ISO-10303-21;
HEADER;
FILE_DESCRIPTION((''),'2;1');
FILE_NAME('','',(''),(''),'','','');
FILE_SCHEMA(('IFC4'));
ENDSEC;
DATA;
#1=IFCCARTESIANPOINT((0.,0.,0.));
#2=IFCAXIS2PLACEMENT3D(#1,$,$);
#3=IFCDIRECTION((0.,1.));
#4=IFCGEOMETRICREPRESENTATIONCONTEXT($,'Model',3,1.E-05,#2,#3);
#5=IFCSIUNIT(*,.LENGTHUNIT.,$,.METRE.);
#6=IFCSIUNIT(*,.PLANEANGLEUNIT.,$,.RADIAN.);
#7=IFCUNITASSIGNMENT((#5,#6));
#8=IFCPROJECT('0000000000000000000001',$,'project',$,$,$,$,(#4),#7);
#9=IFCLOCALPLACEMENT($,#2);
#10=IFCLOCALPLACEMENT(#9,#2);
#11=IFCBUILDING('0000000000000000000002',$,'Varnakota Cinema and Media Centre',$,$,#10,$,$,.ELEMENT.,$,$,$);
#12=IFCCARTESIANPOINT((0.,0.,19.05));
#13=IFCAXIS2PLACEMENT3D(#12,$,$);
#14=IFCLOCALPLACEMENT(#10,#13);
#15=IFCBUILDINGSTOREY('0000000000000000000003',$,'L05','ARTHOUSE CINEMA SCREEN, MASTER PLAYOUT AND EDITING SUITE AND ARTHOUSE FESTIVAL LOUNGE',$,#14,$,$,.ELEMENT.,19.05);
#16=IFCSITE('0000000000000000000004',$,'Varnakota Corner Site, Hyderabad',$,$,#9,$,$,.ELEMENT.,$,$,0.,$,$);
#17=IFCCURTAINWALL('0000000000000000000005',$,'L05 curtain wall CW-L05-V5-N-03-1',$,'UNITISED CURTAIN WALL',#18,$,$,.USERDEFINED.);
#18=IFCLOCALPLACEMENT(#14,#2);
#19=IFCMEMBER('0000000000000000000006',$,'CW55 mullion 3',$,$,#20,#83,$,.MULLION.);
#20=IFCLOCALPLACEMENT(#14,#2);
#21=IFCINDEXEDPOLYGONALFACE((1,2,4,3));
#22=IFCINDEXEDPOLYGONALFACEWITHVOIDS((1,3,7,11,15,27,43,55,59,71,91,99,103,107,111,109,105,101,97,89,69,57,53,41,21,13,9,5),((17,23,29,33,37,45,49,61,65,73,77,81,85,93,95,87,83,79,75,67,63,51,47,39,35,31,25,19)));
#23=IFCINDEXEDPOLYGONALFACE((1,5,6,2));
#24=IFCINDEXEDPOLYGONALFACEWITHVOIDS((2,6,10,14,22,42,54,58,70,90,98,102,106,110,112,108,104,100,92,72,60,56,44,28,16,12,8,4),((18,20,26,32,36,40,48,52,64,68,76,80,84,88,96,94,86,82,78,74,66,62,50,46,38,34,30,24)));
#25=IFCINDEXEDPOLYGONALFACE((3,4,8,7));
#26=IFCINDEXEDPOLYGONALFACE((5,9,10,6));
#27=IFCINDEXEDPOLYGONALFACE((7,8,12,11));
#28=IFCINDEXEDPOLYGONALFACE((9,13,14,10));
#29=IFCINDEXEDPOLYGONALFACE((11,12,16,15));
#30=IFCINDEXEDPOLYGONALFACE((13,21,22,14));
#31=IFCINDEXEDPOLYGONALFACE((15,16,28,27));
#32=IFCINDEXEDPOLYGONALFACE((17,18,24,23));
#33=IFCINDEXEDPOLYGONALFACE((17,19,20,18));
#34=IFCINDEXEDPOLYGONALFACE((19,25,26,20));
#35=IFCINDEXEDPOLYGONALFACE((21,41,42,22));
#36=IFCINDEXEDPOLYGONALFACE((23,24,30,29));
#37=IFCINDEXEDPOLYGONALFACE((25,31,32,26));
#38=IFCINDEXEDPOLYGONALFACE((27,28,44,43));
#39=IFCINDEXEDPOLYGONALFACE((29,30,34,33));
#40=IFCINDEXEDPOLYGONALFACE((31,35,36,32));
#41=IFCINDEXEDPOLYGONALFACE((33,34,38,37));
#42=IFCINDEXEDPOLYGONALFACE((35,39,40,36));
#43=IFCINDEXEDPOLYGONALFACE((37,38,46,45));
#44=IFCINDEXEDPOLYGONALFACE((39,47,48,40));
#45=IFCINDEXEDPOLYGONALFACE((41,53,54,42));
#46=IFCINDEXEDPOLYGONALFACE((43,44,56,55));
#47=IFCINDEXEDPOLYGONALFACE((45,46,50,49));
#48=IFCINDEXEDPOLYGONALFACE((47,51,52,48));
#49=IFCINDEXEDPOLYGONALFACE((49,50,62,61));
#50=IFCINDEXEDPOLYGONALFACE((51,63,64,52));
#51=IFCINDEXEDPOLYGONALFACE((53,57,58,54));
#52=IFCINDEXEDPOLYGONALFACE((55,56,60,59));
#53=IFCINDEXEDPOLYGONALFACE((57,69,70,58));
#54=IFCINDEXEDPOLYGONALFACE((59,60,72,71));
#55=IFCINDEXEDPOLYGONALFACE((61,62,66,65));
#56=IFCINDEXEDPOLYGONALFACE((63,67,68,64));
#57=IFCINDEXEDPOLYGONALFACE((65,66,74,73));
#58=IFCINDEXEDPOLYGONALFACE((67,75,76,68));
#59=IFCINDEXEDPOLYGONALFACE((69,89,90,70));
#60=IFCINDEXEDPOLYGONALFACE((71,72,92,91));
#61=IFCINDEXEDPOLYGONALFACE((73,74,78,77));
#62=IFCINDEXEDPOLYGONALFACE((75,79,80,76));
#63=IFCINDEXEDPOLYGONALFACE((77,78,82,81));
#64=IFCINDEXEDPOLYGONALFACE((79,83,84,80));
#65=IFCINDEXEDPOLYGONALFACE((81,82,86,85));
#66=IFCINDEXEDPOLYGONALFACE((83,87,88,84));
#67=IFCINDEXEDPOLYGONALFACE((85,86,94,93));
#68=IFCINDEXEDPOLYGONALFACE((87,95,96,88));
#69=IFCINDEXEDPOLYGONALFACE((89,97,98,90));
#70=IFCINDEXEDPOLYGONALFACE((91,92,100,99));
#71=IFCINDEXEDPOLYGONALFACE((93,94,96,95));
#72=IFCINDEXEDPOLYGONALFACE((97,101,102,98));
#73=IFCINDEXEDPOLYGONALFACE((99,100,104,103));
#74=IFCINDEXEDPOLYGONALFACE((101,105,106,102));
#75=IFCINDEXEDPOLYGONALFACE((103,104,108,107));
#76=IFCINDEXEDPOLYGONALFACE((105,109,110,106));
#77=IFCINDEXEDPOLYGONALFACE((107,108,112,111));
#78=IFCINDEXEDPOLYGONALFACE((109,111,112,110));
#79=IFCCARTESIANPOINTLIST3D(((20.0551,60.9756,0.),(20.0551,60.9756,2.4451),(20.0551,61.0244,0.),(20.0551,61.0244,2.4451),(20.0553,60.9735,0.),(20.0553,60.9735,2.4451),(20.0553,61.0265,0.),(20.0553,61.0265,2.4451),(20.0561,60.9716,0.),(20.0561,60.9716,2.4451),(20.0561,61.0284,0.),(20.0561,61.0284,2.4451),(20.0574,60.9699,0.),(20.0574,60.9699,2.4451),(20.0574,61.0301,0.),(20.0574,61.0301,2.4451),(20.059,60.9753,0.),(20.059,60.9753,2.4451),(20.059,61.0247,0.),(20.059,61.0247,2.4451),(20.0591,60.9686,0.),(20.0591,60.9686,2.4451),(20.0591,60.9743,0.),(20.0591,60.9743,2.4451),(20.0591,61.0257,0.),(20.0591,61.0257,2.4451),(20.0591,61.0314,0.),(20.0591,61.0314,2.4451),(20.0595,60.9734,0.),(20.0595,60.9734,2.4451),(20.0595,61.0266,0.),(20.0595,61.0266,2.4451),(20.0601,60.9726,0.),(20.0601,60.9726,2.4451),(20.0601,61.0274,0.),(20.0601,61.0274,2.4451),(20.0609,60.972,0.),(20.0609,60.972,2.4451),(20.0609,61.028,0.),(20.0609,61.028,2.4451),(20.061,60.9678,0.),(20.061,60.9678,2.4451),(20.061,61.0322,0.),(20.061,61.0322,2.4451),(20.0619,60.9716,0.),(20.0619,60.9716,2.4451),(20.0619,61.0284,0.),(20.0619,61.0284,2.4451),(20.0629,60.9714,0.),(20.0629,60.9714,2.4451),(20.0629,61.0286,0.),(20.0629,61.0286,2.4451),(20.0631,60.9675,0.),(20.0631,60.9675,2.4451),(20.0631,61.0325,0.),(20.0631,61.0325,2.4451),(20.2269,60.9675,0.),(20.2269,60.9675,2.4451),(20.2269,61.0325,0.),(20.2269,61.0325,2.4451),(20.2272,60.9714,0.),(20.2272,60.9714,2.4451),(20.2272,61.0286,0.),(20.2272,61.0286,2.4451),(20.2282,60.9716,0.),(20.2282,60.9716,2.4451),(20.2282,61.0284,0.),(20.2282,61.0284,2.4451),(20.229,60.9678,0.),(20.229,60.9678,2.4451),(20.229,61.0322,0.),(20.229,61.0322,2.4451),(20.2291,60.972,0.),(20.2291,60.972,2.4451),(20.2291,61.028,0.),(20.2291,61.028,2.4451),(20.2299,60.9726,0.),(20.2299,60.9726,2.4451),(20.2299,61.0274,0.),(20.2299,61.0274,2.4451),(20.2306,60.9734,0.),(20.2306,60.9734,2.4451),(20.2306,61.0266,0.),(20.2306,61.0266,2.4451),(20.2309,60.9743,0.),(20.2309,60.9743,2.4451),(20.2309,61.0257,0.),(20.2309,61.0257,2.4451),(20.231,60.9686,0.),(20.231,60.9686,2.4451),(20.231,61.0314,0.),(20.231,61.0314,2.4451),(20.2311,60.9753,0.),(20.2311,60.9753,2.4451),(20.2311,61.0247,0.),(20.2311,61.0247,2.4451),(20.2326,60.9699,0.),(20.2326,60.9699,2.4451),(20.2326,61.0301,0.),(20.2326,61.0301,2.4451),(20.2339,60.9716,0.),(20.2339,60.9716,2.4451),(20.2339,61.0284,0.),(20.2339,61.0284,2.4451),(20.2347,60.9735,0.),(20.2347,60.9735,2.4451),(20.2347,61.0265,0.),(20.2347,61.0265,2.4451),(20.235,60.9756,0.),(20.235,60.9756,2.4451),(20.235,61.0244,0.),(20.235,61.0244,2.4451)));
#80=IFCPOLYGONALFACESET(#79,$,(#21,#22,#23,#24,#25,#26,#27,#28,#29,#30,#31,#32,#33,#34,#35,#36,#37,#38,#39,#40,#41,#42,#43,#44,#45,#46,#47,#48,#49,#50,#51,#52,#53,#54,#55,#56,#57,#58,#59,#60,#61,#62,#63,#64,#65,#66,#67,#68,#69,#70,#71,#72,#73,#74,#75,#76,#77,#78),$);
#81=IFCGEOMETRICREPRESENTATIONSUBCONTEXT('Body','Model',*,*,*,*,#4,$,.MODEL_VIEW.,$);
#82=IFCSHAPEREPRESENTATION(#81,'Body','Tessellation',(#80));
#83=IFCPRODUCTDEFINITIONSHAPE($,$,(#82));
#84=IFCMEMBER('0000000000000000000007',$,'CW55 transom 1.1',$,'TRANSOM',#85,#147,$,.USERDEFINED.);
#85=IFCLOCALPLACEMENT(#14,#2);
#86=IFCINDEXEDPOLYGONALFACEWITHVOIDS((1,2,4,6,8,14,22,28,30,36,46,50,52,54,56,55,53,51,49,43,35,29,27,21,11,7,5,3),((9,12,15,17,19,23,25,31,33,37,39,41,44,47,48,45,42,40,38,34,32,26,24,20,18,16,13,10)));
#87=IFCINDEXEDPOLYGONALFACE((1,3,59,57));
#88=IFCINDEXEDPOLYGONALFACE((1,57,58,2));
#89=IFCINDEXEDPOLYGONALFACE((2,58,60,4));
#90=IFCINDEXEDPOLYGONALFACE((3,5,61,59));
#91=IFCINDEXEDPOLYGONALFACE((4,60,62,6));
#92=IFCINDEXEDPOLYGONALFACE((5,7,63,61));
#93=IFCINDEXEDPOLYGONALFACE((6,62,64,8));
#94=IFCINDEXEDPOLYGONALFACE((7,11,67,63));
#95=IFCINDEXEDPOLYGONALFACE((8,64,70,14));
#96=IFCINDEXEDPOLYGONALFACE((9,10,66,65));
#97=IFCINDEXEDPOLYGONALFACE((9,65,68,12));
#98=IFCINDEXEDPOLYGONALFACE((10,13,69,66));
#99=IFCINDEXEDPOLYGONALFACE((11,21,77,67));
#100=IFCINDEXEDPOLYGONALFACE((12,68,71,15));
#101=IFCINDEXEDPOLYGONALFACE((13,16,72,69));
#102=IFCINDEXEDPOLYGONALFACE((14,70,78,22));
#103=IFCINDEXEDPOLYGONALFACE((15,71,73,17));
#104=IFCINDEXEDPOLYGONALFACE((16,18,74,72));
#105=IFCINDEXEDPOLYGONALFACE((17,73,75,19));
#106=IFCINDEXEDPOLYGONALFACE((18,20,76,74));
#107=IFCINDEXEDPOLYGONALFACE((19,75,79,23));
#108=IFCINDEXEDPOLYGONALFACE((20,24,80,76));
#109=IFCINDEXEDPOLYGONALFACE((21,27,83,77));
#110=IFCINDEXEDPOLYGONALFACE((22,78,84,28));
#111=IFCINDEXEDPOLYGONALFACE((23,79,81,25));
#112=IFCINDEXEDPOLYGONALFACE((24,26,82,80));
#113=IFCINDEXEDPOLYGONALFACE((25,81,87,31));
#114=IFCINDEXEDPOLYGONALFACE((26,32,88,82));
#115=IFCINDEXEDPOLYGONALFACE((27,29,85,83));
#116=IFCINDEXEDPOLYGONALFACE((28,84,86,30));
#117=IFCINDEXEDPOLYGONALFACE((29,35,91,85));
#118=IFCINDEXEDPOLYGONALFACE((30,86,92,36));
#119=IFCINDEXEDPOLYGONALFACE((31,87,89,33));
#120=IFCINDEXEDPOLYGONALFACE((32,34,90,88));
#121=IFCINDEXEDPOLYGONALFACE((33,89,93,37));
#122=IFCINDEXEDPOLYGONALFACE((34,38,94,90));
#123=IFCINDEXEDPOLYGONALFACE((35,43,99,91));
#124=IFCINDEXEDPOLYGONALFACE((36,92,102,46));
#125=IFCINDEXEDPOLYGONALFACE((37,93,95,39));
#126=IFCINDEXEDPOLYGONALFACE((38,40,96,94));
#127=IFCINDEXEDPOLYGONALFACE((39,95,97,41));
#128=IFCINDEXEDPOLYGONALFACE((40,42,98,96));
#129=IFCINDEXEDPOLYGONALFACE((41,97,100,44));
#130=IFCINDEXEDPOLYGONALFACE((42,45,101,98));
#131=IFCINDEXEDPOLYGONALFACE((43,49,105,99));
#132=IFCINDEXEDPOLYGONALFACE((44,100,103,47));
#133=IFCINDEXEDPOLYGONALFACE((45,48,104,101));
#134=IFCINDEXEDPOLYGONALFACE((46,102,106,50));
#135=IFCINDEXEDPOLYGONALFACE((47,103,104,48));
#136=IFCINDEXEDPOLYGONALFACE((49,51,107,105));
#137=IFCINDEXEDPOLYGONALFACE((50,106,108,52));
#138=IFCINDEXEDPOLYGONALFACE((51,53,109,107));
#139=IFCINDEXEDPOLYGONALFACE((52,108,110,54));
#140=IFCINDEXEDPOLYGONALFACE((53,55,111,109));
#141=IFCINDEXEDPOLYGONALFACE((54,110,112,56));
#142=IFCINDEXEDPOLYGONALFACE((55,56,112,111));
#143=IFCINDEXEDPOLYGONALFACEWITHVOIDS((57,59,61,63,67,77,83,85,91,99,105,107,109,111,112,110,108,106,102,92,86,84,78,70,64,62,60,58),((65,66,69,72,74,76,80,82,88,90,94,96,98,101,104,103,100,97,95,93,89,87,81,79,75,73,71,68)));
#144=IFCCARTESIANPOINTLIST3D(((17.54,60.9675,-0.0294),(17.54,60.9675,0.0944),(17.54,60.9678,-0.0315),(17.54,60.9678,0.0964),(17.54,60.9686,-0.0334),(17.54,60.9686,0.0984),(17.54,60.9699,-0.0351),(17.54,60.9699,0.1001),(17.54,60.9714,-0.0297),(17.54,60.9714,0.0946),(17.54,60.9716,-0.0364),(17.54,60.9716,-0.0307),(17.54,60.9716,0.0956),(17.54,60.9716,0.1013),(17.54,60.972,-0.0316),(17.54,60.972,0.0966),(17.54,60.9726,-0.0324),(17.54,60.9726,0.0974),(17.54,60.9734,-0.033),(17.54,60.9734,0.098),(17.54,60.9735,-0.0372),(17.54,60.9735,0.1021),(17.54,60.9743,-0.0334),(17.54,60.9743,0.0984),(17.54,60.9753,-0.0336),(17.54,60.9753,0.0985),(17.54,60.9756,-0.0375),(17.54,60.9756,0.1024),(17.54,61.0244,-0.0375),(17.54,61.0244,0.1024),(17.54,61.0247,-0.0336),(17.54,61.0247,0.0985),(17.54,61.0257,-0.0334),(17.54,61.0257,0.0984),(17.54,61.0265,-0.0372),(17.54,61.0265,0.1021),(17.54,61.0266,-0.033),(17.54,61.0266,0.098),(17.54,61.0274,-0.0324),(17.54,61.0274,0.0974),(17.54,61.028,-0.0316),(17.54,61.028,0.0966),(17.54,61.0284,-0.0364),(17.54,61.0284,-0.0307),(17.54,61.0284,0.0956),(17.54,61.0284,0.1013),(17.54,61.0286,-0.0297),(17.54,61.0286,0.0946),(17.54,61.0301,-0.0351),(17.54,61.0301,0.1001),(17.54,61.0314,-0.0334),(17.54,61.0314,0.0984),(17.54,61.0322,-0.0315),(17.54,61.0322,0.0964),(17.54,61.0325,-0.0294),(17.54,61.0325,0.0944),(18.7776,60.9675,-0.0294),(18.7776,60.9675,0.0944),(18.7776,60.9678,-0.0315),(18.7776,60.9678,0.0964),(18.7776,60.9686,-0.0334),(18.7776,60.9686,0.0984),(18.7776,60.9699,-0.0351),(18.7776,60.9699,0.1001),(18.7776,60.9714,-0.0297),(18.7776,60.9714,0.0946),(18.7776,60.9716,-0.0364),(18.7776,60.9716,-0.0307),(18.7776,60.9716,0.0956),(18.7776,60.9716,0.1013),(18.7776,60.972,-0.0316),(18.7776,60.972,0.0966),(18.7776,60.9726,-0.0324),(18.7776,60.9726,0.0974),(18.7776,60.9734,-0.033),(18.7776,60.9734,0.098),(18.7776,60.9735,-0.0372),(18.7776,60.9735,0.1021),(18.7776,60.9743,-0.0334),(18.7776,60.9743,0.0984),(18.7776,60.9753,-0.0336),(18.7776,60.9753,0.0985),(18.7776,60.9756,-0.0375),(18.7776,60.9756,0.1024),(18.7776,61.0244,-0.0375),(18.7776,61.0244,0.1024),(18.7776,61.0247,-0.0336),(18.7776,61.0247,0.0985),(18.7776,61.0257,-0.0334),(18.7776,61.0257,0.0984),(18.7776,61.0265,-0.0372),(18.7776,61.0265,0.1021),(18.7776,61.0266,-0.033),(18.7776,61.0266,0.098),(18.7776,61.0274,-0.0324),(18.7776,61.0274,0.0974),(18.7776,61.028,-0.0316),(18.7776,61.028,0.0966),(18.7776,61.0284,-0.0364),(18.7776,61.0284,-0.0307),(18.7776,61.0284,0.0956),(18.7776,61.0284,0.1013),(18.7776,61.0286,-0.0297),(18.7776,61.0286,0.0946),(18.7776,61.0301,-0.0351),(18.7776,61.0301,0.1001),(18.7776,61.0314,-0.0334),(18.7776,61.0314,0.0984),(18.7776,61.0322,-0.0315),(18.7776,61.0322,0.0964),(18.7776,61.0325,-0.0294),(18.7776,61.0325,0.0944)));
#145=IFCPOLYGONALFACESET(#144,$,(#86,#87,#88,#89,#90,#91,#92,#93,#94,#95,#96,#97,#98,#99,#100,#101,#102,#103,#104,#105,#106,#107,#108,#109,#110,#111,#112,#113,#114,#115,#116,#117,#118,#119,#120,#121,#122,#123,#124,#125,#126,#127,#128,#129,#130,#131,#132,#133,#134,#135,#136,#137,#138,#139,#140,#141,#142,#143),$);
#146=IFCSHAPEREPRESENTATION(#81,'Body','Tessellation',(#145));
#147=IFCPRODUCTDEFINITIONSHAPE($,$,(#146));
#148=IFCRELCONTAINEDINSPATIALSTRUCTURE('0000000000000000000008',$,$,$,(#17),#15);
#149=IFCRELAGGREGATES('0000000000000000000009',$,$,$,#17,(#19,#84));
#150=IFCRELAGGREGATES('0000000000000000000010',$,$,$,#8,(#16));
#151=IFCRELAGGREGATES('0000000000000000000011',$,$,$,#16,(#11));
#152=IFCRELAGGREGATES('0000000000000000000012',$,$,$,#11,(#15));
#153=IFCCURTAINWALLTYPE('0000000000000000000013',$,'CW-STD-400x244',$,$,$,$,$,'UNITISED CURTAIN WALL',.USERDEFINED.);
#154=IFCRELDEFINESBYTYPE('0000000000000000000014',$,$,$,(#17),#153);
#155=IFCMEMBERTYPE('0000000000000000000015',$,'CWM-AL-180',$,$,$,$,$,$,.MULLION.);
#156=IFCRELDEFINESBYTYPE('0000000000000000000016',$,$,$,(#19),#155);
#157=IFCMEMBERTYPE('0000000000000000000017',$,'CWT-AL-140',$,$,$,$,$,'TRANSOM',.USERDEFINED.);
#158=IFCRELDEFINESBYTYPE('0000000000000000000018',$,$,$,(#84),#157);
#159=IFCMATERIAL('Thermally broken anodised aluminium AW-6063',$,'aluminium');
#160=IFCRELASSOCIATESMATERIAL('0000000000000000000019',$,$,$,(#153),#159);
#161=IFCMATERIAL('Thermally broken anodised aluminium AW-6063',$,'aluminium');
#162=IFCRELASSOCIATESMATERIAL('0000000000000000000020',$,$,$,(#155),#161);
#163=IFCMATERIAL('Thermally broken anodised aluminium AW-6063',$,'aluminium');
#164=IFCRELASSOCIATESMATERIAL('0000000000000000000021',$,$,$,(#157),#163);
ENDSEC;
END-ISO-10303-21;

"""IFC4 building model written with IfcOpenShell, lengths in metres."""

from ifc_helpers import new_model, si_unit, direction, frame, origin, origin_2d, place, context, subcontext, project, spatial, hollow_rectangle, extrude, material, material_profile, profile_set, type_object, element, aggregate, save


model = new_model("IFC4")

# Units and contexts
model_context = context("Model", 3, precision=1e-05, world=origin(), true_north=direction((0.0, 1.0)))
body_context = subcontext(model_context, "Body", "Model", "MODEL_VIEW")
ifc_project = project(units=[si_unit("LENGTHUNIT", "METRE"), si_unit("PLANEANGLEUNIT", "RADIAN")], contexts=[model_context])

# Site, building, storey
site_placement = place(None, origin())
site = spatial("IfcSite", under=ifc_project, at=site_placement, Name="Varnakota Corner Site, Hyderabad", CompositionType="ELEMENT", RefElevation=0.0)
building_placement = place(site_placement, origin())
building = spatial("IfcBuilding", under=site, at=building_placement, Name="Varnakota Cinema and Media Centre", CompositionType="ELEMENT")
storey_placement = place(building_placement, frame((0.0, 0.0, 19.05)))
storey = spatial("IfcBuildingStorey", under=building, at=storey_placement, Name="L05", Description="ARTHOUSE CINEMA SCREEN, MASTER PLAYOUT AND EDITING SUITE AND ARTHOUSE FESTIVAL LOUNGE", CompositionType="ELEMENT", Elevation=19.05)

# Curtain wall, members
ifc_material_1 = material(Name="Thermally broken anodised aluminium AW-6063", Category="aluminium")
curtain_wall_type = type_object("IfcCurtainWallType", Name="CW-STD-400x244", ElementType="UNITISED CURTAIN WALL", PredefinedType="USERDEFINED", material=ifc_material_1)
curtain_wall_placement = place(storey_placement, origin())
curtain_wall = element("IfcCurtainWall", 1, at=curtain_wall_placement, inside=storey, type_object=curtain_wall_type, Name="L05 curtain wall CW-L05-V5-N-03-1", ObjectType="UNITISED CURTAIN WALL", PredefinedType="USERDEFINED")
ifc_material_2 = material(Name="Thermally broken anodised aluminium AW-6063", Category="aluminium")
ifc_material_profile_1 = material_profile(ifc_material_2, hollow_rectangle(XDim=0.0649, YDim=0.1799, WallThickness=0.0039, InnerFilletRadius=0.0039, OuterFilletRadius=0.0081, at=origin_2d()), Name="AL-MULLION 180x65x4")
ifc_profile_set_1 = profile_set([ifc_material_profile_1], Name="Thermally broken anodised aluminium AW-6063")
member_type_1 = type_object("IfcMemberType", Name="CWM-AL-180", PredefinedType="MULLION", material=ifc_profile_set_1)
member_1_placement = place(storey_placement, frame((20.145, 61.0, 0.0), z_axis=(0.0, 0.0, 1.0), x_axis=(0.0, 1.0, 0.0)))
member_1 = element("IfcMember", 2, at=member_1_placement, type_object=member_type_1, Name="CW55 mullion 3", PredefinedType="MULLION", context=body_context, shape_type="SweptSolid", body=[
    extrude(hollow_rectangle(XDim=0.0649, YDim=0.1799, WallThickness=0.0039, InnerFilletRadius=0.0039, OuterFilletRadius=0.0081, at=origin_2d()), origin(), (0.0, 0.0, 1.0), 2.4451),
])
ifc_material_3 = material(Name="Thermally broken anodised aluminium AW-6063", Category="aluminium")
ifc_material_profile_2 = material_profile(ifc_material_3, hollow_rectangle(XDim=0.0649, YDim=0.1399, WallThickness=0.0039, InnerFilletRadius=0.0039, OuterFilletRadius=0.0081, at=origin_2d()), Name="AL-TRANSOM 140x65x4")
ifc_profile_set_2 = profile_set([ifc_material_profile_2], Name="Thermally broken anodised aluminium AW-6063")
member_type_2 = type_object("IfcMemberType", Name="CWT-AL-140", ElementType="TRANSOM", PredefinedType="USERDEFINED", material=ifc_profile_set_2)
member_2_placement = place(storey_placement, frame((17.54, 61.0, 0.0325), z_axis=(1.0, 0.0, 0.0), x_axis=(0.0, 1.0, 0.0)))
member_2 = element("IfcMember", 3, at=member_2_placement, type_object=member_type_2, Name="CW55 transom 1.1", ObjectType="TRANSOM", PredefinedType="USERDEFINED", context=body_context, shape_type="SweptSolid", body=[
    extrude(hollow_rectangle(XDim=0.0649, YDim=0.1399, WallThickness=0.0039, InnerFilletRadius=0.0039, OuterFilletRadius=0.0081, at=origin_2d()), origin(), (0.0, 0.0, 1.0), 1.2375),
])
aggregate(curtain_wall, [member_1, member_2])

save(model, "model.ifc")
